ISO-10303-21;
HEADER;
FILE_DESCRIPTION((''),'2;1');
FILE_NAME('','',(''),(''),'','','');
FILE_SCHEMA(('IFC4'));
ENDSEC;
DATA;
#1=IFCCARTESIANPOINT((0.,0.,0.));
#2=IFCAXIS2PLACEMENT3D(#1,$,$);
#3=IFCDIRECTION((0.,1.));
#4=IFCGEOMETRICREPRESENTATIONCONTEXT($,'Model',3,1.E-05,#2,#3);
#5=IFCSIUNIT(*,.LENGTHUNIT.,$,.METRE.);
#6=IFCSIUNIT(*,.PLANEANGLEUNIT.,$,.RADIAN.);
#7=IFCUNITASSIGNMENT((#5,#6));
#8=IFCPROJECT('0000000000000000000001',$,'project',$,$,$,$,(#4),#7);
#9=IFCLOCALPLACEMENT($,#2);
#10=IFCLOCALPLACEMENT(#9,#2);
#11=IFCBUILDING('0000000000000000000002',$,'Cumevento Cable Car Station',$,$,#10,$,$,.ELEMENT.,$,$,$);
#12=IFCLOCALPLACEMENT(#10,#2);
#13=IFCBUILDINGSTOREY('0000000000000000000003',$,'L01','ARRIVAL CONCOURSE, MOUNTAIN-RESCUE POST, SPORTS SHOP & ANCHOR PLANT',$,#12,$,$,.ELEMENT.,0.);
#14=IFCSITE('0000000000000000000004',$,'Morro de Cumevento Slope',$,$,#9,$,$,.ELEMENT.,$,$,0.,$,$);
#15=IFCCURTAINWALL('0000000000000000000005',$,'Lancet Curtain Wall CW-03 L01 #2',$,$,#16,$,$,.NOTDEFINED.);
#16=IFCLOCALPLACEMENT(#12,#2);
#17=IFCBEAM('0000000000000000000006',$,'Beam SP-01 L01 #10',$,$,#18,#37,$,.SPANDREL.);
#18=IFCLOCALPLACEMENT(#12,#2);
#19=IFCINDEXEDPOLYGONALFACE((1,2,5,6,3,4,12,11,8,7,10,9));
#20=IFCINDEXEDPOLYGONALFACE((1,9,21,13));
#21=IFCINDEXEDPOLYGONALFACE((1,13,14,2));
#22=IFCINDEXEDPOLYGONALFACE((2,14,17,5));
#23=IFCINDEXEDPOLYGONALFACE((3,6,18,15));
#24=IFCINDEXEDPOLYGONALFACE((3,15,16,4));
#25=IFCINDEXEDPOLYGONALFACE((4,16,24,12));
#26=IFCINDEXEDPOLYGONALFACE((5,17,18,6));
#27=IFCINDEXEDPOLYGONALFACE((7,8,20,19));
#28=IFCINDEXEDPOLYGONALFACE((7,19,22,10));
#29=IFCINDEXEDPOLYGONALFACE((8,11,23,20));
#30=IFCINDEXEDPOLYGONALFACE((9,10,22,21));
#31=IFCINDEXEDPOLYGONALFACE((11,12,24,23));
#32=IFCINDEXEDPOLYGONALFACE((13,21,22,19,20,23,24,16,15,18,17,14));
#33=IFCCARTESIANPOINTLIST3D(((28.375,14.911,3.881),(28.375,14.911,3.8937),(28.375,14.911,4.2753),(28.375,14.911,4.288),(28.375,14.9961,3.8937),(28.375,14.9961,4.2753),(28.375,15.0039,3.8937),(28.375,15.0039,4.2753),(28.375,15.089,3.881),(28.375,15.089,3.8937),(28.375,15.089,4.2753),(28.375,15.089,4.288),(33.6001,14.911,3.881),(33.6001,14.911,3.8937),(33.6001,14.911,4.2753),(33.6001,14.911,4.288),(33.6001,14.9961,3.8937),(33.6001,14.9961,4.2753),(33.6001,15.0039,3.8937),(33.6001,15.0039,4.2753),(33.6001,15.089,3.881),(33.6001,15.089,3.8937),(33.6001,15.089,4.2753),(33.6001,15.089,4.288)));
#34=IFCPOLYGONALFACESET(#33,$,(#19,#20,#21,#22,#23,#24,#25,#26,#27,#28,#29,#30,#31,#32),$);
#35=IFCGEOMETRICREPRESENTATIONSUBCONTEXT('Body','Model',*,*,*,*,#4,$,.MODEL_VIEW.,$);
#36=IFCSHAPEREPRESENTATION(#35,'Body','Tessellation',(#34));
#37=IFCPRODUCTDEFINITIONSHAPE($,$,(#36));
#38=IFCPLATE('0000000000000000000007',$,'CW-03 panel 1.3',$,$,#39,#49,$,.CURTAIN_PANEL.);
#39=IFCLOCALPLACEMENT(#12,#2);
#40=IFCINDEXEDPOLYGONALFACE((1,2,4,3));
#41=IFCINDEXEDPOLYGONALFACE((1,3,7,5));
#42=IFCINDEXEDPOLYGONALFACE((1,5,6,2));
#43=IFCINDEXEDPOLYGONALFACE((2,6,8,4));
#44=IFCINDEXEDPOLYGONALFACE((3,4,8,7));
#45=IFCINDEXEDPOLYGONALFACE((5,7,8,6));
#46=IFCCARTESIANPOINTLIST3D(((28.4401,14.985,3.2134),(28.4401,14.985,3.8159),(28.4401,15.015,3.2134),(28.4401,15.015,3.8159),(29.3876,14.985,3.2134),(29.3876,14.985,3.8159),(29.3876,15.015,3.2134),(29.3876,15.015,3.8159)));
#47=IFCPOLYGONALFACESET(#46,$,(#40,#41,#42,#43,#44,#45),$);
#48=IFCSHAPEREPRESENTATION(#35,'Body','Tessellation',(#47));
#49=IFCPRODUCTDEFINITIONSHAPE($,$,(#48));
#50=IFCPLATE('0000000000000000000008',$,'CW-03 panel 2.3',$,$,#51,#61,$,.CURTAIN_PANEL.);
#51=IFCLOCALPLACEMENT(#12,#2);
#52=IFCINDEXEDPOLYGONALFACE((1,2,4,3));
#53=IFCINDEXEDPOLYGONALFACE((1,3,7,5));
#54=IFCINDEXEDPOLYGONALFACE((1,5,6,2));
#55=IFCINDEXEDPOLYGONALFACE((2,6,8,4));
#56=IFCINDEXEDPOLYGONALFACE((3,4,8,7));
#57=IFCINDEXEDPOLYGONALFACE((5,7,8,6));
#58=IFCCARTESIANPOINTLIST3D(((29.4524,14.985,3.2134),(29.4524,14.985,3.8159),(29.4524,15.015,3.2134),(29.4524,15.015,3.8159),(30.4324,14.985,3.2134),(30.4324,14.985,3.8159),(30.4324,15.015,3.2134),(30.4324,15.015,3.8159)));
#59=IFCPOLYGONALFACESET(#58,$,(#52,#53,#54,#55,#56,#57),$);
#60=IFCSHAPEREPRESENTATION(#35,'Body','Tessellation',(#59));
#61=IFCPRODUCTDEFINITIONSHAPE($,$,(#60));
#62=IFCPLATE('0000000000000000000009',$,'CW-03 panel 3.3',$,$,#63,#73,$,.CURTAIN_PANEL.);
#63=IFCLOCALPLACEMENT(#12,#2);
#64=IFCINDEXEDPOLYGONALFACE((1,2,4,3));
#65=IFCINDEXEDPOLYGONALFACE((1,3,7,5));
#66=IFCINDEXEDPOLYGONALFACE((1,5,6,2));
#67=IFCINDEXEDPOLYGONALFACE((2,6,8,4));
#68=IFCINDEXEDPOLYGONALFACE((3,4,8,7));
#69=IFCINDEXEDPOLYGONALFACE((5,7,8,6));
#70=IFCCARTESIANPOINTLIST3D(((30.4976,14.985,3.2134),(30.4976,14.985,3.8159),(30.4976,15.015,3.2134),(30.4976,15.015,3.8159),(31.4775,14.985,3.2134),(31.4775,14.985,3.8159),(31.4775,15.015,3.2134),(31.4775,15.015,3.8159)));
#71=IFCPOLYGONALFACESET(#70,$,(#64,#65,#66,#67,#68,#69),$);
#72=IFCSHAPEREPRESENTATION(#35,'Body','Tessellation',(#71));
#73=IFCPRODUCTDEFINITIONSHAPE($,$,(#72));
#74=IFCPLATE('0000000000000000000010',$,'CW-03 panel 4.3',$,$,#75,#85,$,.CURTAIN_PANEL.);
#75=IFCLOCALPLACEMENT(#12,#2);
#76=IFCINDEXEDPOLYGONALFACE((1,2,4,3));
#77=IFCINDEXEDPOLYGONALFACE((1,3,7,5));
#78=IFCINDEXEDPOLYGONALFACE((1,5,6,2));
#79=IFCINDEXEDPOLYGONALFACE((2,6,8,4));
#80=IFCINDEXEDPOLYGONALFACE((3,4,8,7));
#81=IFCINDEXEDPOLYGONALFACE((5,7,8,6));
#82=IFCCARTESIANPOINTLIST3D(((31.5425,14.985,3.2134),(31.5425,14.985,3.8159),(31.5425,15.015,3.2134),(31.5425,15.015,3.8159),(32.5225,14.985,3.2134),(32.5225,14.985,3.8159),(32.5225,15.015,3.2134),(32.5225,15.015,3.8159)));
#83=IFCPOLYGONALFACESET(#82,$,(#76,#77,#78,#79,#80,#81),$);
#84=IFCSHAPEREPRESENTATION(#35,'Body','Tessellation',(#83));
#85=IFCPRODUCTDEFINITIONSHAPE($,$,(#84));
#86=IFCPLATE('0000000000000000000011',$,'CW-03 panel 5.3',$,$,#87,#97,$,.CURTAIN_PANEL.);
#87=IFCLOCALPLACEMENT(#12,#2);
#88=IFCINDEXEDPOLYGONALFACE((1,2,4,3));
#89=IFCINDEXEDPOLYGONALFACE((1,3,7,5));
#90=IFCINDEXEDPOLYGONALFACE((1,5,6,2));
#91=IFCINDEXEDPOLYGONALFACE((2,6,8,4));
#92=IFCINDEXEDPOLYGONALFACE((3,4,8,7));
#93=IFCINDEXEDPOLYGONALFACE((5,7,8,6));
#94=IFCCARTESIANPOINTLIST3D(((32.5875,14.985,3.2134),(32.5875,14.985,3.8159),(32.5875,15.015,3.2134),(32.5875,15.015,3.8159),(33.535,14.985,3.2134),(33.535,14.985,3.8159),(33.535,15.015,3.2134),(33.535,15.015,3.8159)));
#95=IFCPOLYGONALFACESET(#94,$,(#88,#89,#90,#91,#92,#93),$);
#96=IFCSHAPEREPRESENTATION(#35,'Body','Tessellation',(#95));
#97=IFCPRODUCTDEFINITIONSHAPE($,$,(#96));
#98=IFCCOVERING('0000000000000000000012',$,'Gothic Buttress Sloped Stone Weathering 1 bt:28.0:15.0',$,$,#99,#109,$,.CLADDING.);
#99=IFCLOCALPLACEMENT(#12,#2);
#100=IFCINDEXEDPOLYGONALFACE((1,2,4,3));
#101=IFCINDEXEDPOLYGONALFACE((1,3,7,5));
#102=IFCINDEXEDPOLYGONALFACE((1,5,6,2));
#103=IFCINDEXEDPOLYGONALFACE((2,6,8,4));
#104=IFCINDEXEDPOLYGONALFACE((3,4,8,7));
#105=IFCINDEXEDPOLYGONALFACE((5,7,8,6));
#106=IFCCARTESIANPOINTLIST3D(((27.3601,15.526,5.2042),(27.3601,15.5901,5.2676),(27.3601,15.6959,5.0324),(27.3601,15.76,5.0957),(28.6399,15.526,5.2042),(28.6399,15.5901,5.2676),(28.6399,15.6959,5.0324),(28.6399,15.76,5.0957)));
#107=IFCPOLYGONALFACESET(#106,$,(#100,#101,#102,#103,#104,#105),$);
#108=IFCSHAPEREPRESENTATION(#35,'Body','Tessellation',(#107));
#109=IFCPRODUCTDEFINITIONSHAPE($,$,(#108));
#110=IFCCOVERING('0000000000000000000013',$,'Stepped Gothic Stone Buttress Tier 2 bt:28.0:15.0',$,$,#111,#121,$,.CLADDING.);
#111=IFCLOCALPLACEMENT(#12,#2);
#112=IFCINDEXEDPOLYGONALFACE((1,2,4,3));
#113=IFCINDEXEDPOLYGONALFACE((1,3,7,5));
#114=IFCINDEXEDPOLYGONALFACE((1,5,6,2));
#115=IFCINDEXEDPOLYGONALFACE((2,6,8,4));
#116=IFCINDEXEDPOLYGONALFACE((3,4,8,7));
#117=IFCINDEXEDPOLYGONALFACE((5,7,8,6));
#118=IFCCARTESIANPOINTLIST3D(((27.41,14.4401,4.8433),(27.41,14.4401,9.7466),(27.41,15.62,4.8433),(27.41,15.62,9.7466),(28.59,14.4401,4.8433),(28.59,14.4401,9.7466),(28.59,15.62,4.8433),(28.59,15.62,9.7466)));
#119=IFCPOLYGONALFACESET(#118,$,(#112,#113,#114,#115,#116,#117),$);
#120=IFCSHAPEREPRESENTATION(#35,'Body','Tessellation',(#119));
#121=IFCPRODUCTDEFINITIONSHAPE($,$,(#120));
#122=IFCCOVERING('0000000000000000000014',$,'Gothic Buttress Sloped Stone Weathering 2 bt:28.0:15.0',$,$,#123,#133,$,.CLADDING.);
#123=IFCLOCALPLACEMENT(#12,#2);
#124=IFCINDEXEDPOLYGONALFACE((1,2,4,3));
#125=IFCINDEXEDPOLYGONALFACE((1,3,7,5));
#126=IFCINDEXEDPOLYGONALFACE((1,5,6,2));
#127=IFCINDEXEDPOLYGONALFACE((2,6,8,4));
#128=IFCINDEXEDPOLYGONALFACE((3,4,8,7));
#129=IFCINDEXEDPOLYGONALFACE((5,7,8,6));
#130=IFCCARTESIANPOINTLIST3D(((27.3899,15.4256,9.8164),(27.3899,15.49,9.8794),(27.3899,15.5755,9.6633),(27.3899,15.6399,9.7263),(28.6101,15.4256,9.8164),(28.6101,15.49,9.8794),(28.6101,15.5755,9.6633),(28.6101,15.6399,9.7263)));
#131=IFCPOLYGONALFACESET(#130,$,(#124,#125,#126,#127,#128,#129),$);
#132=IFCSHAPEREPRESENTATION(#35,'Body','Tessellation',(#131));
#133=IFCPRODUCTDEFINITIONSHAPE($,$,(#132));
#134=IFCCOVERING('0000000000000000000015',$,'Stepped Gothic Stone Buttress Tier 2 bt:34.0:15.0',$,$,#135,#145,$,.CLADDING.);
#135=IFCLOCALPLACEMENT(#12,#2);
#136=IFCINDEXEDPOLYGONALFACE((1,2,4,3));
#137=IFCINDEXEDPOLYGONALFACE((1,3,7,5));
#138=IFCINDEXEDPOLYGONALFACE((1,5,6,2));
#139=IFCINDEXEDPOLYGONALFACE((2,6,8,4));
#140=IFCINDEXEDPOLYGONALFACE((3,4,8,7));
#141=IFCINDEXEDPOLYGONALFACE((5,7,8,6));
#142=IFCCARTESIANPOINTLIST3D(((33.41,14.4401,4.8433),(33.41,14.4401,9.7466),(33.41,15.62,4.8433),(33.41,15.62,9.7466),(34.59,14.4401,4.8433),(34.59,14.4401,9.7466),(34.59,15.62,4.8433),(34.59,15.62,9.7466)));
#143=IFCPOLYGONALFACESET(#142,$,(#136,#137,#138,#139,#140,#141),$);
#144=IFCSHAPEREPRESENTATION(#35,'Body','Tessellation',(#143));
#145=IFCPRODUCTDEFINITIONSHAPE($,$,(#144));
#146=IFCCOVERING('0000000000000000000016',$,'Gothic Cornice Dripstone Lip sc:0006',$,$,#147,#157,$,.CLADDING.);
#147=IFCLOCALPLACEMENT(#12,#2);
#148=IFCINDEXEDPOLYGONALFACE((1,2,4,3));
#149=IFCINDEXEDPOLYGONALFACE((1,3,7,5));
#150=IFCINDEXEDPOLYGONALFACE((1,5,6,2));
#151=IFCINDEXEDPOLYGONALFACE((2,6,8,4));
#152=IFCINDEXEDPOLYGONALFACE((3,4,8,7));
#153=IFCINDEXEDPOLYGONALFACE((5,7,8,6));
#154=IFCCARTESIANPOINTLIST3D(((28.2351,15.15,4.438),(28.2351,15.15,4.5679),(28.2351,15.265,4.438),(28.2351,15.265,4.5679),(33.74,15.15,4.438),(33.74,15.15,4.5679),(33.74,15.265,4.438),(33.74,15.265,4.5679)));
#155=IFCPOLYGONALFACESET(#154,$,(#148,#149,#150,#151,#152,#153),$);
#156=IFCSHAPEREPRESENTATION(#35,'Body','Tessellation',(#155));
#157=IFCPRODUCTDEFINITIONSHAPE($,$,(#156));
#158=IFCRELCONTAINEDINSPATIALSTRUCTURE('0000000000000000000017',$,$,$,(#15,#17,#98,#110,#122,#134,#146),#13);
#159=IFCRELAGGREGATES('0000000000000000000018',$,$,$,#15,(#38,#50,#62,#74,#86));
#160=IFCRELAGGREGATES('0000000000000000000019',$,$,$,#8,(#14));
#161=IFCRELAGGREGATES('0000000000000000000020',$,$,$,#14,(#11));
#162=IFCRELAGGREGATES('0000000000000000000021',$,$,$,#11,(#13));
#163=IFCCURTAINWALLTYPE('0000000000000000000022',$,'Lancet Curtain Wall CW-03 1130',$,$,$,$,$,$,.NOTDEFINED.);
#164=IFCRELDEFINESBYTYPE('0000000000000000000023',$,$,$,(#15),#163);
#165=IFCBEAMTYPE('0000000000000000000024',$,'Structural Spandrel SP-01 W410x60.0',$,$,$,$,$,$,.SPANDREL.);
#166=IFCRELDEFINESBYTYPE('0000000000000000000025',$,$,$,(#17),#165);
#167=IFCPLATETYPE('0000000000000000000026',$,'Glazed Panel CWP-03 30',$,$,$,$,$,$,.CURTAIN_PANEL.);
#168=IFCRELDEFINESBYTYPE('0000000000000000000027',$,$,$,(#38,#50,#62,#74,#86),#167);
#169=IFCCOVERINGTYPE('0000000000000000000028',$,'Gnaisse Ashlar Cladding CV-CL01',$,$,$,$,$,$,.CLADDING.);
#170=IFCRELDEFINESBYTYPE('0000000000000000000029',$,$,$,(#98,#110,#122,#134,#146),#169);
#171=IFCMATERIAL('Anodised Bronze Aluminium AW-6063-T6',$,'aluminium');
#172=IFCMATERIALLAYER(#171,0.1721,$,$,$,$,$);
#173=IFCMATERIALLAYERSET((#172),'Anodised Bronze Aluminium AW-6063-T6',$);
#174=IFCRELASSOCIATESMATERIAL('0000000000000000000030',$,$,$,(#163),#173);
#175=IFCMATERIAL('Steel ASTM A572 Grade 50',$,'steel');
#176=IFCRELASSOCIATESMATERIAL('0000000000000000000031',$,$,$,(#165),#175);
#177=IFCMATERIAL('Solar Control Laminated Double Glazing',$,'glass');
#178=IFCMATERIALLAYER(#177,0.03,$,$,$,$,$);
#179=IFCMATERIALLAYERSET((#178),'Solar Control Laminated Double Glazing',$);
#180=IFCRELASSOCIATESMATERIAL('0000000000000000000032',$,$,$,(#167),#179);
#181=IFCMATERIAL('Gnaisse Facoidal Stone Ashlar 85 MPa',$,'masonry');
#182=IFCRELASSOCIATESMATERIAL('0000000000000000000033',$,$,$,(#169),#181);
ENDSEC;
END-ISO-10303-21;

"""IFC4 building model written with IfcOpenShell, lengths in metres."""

from ifc_helpers import new_model, si_unit, direction, frame, origin, origin_2d, place, context, subcontext, project, spatial, polyline, rectangle, i_section, outline, extrude, material, layer, layer_set, material_profile, profile_set, type_object, element, aggregate, save


model = new_model("IFC4")

# Units and contexts
model_context = context("Model", 3, precision=1e-05, world=origin(), true_north=direction((0.0, 1.0)))
body_context = subcontext(model_context, "Body", "Model", "MODEL_VIEW")
ifc_project = project(units=[si_unit("LENGTHUNIT", "METRE"), si_unit("PLANEANGLEUNIT", "RADIAN")], contexts=[model_context])

# Site, building, storey
site_placement = place(None, origin())
site = spatial("IfcSite", under=ifc_project, at=site_placement, Name="Morro de Cumevento Slope", CompositionType="ELEMENT", RefElevation=0.0)
building_placement = place(site_placement, origin())
building = spatial("IfcBuilding", under=site, at=building_placement, Name="Cumevento Cable Car Station", CompositionType="ELEMENT")
storey_placement = place(building_placement, origin())
storey = spatial("IfcBuildingStorey", under=building, at=storey_placement, Name="L01", Description="ARRIVAL CONCOURSE, MOUNTAIN-RESCUE POST, SPORTS SHOP & ANCHOR PLANT", CompositionType="ELEMENT", Elevation=0.0)

# Curtain wall
ifc_material_1 = material(Name="Anodised Bronze Aluminium AW-6063-T6", Category="aluminium")
ifc_layer_1 = layer(ifc_material_1, 0.1721)
ifc_layer_set_1 = layer_set([ifc_layer_1], Name="Anodised Bronze Aluminium AW-6063-T6")
curtain_wall_type_1 = type_object("IfcCurtainWallType", Name="Lancet Curtain Wall CW-03 1130", PredefinedType="NOTDEFINED", material=ifc_layer_set_1)
curtain_wall_1_placement = place(storey_placement, origin())
curtain_wall_1 = element("IfcCurtainWall", 1, at=curtain_wall_1_placement, inside=storey, type_object=curtain_wall_type_1, Name="Lancet Curtain Wall CW-03 L01 #2", PredefinedType="NOTDEFINED")

# Beam
ifc_material_2 = material(Name="Steel ASTM A572 Grade 50", Category="steel")
ifc_material_profile_1 = material_profile(ifc_material_2, i_section(OverallWidth=0.178, OverallDepth=0.407, WebThickness=0.0078, FlangeThickness=0.0127, at=origin_2d()), Name="W410x60.0")
ifc_profile_set_1 = profile_set([ifc_material_profile_1], Name="Steel ASTM A572 Grade 50")
beam_type = type_object("IfcBeamType", Name="Structural Spandrel SP-01 W410x60.0", PredefinedType="SPANDREL", material=ifc_profile_set_1)
beam_placement = place(storey_placement, frame((28.375, 15.0, 4.0845), z_axis=(1.0, 0.0, 0.0), x_axis=(0.0, 1.0, 0.0)))
element("IfcBeam", 2, at=beam_placement, inside=storey, type_object=beam_type, Name="Beam SP-01 L01 #10", PredefinedType="SPANDREL", context=body_context, shape_type="SweptSolid", body=[
    extrude(i_section(OverallWidth=0.178, OverallDepth=0.407, WebThickness=0.0078, FlangeThickness=0.0127, at=origin_2d()), origin(), (0.0, 0.0, 1.0), 5.2251),
])

# Plates
ifc_material_3 = material(Name="Solar Control Laminated Double Glazing", Category="glass")
ifc_layer_2 = layer(ifc_material_3, 0.03)
ifc_layer_set_2 = layer_set([ifc_layer_2], Name="Solar Control Laminated Double Glazing")
plate_type = type_object("IfcPlateType", Name="Glazed Panel CWP-03 30", PredefinedType="CURTAIN_PANEL", material=ifc_layer_set_2)
plate_1_placement = place(storey_placement, frame((28.9138, 15.0, 3.2134), z_axis=(0.0, 0.0, 1.0), x_axis=(1.0, 0.0, 0.0)))
plate_1 = element("IfcPlate", 3, at=plate_1_placement, type_object=plate_type, Name="CW-03 panel 1.3", PredefinedType="CURTAIN_PANEL", context=body_context, shape_type="SweptSolid", body=[
    extrude(rectangle(XDim=0.9475, YDim=0.03, at=origin_2d()), origin(), (0.0, 0.0, 1.0), 0.6025),
])
plate_2_placement = place(storey_placement, frame((29.9424, 15.0, 3.2134), z_axis=(0.0, 0.0, 1.0), x_axis=(1.0, 0.0, 0.0)))
plate_2 = element("IfcPlate", 4, at=plate_2_placement, type_object=plate_type, Name="CW-03 panel 2.3", PredefinedType="CURTAIN_PANEL", context=body_context, shape_type="SweptSolid", body=[
    extrude(rectangle(XDim=0.98, YDim=0.03, at=origin_2d()), origin(), (0.0, 0.0, 1.0), 0.6025),
])
plate_3_placement = place(storey_placement, frame((30.9875, 15.0, 3.2134), z_axis=(0.0, 0.0, 1.0), x_axis=(1.0, 0.0, 0.0)))
plate_3 = element("IfcPlate", 5, at=plate_3_placement, type_object=plate_type, Name="CW-03 panel 3.3", PredefinedType="CURTAIN_PANEL", context=body_context, shape_type="SweptSolid", body=[
    extrude(rectangle(XDim=0.98, YDim=0.03, at=origin_2d()), origin(), (0.0, 0.0, 1.0), 0.6025),
])
plate_4_placement = place(storey_placement, frame((32.0325, 15.0, 3.2134), z_axis=(0.0, 0.0, 1.0), x_axis=(1.0, 0.0, 0.0)))
plate_4 = element("IfcPlate", 6, at=plate_4_placement, type_object=plate_type, Name="CW-03 panel 4.3", PredefinedType="CURTAIN_PANEL", context=body_context, shape_type="SweptSolid", body=[
    extrude(rectangle(XDim=0.98, YDim=0.03, at=origin_2d()), origin(), (0.0, 0.0, 1.0), 0.6025),
])
plate_5_placement = place(storey_placement, frame((33.0613, 15.0, 3.2134), z_axis=(0.0, 0.0, 1.0), x_axis=(1.0, 0.0, 0.0)))
plate_5 = element("IfcPlate", 7, at=plate_5_placement, type_object=plate_type, Name="CW-03 panel 5.3", PredefinedType="CURTAIN_PANEL", context=body_context, shape_type="SweptSolid", body=[
    extrude(rectangle(XDim=0.9475, YDim=0.03, at=origin_2d()), origin(), (0.0, 0.0, 1.0), 0.6025),
])
aggregate(curtain_wall_1, [plate_1, plate_2, plate_3, plate_4, plate_5])

# Coverings
ifc_material_4 = material(Name="Gnaisse Facoidal Stone Ashlar 85 MPa", Category="masonry")
covering_type = type_object("IfcCoveringType", Name="Gnaisse Ashlar Cladding CV-CL01", PredefinedType="CLADDING", material=ifc_material_4)
covering_1_placement = place(storey_placement, frame((28.6399, 15.76, 5.0957), z_axis=(0.0, 0.711136, 0.703055), x_axis=(-1.0, 0.0, 0.0)))
element("IfcCovering", 8, at=covering_1_placement, inside=storey, type_object=covering_type, Name="Gothic Buttress Sloped Stone Weathering 1 bt:28.0:15.0", PredefinedType="CLADDING", context=body_context, shape_type="SweptSolid", body=[
    extrude(outline(polyline([(0.0, 0.0), (1.2798, 0.0), (1.2798, 0.2417), (0.0, 0.2417), (0.0, 0.0)])), origin(), (0.0, 0.0, -1.0), 0.0901),
])
covering_2_placement = place(storey_placement, frame((28.0, 15.03, 4.8433), z_axis=(0.0, 0.0, 1.0), x_axis=(-1.0, 0.0, 0.0)))
element("IfcCovering", 9, at=covering_2_placement, inside=storey, type_object=covering_type, Name="Stepped Gothic Stone Buttress Tier 2 bt:28.0:15.0", PredefinedType="CLADDING", context=body_context, shape_type="SweptSolid", body=[
    extrude(rectangle(XDim=1.1799, YDim=1.1799, at=origin_2d()), origin(), (0.0, 0.0, 1.0), 4.9033),
])
covering_3_placement = place(storey_placement, frame((28.6101, 15.6399, 9.7263), z_axis=(0.0, 0.714475, 0.699661), x_axis=(-1.0, 0.0, 0.0)))
element("IfcCovering", 10, at=covering_3_placement, inside=storey, type_object=covering_type, Name="Gothic Buttress Sloped Stone Weathering 2 bt:28.0:15.0", PredefinedType="CLADDING", context=body_context, shape_type="SweptSolid", body=[
    extrude(outline(polyline([(0.0, 0.0), (1.2202, 0.0), (1.2202, 0.2142), (0.0, 0.2142), (0.0, 0.0)])), origin(), (0.0, 0.0, -1.0), 0.0901),
])
covering_4_placement = place(storey_placement, frame((34.0, 15.03, 4.8433), z_axis=(0.0, 0.0, 1.0), x_axis=(-1.0, 0.0, 0.0)))
element("IfcCovering", 11, at=covering_4_placement, inside=storey, type_object=covering_type, Name="Stepped Gothic Stone Buttress Tier 2 bt:34.0:15.0", PredefinedType="CLADDING", context=body_context, shape_type="SweptSolid", body=[
    extrude(rectangle(XDim=1.1799, YDim=1.1799, at=origin_2d()), origin(), (0.0, 0.0, 1.0), 4.9033),
])
covering_5_placement = place(storey_placement, frame((30.9875, 15.2075, 4.438), z_axis=(0.0, 0.0, 1.0), x_axis=(1.0, 0.0, 0.0)))
element("IfcCovering", 12, at=covering_5_placement, inside=storey, type_object=covering_type, Name="Gothic Cornice Dripstone Lip sc:0006", PredefinedType="CLADDING", context=body_context, shape_type="SweptSolid", body=[
    extrude(rectangle(XDim=5.5049, YDim=0.115, at=origin_2d()), origin(), (0.0, 0.0, 1.0), 0.1299),
])

save(model, "model.ifc")
